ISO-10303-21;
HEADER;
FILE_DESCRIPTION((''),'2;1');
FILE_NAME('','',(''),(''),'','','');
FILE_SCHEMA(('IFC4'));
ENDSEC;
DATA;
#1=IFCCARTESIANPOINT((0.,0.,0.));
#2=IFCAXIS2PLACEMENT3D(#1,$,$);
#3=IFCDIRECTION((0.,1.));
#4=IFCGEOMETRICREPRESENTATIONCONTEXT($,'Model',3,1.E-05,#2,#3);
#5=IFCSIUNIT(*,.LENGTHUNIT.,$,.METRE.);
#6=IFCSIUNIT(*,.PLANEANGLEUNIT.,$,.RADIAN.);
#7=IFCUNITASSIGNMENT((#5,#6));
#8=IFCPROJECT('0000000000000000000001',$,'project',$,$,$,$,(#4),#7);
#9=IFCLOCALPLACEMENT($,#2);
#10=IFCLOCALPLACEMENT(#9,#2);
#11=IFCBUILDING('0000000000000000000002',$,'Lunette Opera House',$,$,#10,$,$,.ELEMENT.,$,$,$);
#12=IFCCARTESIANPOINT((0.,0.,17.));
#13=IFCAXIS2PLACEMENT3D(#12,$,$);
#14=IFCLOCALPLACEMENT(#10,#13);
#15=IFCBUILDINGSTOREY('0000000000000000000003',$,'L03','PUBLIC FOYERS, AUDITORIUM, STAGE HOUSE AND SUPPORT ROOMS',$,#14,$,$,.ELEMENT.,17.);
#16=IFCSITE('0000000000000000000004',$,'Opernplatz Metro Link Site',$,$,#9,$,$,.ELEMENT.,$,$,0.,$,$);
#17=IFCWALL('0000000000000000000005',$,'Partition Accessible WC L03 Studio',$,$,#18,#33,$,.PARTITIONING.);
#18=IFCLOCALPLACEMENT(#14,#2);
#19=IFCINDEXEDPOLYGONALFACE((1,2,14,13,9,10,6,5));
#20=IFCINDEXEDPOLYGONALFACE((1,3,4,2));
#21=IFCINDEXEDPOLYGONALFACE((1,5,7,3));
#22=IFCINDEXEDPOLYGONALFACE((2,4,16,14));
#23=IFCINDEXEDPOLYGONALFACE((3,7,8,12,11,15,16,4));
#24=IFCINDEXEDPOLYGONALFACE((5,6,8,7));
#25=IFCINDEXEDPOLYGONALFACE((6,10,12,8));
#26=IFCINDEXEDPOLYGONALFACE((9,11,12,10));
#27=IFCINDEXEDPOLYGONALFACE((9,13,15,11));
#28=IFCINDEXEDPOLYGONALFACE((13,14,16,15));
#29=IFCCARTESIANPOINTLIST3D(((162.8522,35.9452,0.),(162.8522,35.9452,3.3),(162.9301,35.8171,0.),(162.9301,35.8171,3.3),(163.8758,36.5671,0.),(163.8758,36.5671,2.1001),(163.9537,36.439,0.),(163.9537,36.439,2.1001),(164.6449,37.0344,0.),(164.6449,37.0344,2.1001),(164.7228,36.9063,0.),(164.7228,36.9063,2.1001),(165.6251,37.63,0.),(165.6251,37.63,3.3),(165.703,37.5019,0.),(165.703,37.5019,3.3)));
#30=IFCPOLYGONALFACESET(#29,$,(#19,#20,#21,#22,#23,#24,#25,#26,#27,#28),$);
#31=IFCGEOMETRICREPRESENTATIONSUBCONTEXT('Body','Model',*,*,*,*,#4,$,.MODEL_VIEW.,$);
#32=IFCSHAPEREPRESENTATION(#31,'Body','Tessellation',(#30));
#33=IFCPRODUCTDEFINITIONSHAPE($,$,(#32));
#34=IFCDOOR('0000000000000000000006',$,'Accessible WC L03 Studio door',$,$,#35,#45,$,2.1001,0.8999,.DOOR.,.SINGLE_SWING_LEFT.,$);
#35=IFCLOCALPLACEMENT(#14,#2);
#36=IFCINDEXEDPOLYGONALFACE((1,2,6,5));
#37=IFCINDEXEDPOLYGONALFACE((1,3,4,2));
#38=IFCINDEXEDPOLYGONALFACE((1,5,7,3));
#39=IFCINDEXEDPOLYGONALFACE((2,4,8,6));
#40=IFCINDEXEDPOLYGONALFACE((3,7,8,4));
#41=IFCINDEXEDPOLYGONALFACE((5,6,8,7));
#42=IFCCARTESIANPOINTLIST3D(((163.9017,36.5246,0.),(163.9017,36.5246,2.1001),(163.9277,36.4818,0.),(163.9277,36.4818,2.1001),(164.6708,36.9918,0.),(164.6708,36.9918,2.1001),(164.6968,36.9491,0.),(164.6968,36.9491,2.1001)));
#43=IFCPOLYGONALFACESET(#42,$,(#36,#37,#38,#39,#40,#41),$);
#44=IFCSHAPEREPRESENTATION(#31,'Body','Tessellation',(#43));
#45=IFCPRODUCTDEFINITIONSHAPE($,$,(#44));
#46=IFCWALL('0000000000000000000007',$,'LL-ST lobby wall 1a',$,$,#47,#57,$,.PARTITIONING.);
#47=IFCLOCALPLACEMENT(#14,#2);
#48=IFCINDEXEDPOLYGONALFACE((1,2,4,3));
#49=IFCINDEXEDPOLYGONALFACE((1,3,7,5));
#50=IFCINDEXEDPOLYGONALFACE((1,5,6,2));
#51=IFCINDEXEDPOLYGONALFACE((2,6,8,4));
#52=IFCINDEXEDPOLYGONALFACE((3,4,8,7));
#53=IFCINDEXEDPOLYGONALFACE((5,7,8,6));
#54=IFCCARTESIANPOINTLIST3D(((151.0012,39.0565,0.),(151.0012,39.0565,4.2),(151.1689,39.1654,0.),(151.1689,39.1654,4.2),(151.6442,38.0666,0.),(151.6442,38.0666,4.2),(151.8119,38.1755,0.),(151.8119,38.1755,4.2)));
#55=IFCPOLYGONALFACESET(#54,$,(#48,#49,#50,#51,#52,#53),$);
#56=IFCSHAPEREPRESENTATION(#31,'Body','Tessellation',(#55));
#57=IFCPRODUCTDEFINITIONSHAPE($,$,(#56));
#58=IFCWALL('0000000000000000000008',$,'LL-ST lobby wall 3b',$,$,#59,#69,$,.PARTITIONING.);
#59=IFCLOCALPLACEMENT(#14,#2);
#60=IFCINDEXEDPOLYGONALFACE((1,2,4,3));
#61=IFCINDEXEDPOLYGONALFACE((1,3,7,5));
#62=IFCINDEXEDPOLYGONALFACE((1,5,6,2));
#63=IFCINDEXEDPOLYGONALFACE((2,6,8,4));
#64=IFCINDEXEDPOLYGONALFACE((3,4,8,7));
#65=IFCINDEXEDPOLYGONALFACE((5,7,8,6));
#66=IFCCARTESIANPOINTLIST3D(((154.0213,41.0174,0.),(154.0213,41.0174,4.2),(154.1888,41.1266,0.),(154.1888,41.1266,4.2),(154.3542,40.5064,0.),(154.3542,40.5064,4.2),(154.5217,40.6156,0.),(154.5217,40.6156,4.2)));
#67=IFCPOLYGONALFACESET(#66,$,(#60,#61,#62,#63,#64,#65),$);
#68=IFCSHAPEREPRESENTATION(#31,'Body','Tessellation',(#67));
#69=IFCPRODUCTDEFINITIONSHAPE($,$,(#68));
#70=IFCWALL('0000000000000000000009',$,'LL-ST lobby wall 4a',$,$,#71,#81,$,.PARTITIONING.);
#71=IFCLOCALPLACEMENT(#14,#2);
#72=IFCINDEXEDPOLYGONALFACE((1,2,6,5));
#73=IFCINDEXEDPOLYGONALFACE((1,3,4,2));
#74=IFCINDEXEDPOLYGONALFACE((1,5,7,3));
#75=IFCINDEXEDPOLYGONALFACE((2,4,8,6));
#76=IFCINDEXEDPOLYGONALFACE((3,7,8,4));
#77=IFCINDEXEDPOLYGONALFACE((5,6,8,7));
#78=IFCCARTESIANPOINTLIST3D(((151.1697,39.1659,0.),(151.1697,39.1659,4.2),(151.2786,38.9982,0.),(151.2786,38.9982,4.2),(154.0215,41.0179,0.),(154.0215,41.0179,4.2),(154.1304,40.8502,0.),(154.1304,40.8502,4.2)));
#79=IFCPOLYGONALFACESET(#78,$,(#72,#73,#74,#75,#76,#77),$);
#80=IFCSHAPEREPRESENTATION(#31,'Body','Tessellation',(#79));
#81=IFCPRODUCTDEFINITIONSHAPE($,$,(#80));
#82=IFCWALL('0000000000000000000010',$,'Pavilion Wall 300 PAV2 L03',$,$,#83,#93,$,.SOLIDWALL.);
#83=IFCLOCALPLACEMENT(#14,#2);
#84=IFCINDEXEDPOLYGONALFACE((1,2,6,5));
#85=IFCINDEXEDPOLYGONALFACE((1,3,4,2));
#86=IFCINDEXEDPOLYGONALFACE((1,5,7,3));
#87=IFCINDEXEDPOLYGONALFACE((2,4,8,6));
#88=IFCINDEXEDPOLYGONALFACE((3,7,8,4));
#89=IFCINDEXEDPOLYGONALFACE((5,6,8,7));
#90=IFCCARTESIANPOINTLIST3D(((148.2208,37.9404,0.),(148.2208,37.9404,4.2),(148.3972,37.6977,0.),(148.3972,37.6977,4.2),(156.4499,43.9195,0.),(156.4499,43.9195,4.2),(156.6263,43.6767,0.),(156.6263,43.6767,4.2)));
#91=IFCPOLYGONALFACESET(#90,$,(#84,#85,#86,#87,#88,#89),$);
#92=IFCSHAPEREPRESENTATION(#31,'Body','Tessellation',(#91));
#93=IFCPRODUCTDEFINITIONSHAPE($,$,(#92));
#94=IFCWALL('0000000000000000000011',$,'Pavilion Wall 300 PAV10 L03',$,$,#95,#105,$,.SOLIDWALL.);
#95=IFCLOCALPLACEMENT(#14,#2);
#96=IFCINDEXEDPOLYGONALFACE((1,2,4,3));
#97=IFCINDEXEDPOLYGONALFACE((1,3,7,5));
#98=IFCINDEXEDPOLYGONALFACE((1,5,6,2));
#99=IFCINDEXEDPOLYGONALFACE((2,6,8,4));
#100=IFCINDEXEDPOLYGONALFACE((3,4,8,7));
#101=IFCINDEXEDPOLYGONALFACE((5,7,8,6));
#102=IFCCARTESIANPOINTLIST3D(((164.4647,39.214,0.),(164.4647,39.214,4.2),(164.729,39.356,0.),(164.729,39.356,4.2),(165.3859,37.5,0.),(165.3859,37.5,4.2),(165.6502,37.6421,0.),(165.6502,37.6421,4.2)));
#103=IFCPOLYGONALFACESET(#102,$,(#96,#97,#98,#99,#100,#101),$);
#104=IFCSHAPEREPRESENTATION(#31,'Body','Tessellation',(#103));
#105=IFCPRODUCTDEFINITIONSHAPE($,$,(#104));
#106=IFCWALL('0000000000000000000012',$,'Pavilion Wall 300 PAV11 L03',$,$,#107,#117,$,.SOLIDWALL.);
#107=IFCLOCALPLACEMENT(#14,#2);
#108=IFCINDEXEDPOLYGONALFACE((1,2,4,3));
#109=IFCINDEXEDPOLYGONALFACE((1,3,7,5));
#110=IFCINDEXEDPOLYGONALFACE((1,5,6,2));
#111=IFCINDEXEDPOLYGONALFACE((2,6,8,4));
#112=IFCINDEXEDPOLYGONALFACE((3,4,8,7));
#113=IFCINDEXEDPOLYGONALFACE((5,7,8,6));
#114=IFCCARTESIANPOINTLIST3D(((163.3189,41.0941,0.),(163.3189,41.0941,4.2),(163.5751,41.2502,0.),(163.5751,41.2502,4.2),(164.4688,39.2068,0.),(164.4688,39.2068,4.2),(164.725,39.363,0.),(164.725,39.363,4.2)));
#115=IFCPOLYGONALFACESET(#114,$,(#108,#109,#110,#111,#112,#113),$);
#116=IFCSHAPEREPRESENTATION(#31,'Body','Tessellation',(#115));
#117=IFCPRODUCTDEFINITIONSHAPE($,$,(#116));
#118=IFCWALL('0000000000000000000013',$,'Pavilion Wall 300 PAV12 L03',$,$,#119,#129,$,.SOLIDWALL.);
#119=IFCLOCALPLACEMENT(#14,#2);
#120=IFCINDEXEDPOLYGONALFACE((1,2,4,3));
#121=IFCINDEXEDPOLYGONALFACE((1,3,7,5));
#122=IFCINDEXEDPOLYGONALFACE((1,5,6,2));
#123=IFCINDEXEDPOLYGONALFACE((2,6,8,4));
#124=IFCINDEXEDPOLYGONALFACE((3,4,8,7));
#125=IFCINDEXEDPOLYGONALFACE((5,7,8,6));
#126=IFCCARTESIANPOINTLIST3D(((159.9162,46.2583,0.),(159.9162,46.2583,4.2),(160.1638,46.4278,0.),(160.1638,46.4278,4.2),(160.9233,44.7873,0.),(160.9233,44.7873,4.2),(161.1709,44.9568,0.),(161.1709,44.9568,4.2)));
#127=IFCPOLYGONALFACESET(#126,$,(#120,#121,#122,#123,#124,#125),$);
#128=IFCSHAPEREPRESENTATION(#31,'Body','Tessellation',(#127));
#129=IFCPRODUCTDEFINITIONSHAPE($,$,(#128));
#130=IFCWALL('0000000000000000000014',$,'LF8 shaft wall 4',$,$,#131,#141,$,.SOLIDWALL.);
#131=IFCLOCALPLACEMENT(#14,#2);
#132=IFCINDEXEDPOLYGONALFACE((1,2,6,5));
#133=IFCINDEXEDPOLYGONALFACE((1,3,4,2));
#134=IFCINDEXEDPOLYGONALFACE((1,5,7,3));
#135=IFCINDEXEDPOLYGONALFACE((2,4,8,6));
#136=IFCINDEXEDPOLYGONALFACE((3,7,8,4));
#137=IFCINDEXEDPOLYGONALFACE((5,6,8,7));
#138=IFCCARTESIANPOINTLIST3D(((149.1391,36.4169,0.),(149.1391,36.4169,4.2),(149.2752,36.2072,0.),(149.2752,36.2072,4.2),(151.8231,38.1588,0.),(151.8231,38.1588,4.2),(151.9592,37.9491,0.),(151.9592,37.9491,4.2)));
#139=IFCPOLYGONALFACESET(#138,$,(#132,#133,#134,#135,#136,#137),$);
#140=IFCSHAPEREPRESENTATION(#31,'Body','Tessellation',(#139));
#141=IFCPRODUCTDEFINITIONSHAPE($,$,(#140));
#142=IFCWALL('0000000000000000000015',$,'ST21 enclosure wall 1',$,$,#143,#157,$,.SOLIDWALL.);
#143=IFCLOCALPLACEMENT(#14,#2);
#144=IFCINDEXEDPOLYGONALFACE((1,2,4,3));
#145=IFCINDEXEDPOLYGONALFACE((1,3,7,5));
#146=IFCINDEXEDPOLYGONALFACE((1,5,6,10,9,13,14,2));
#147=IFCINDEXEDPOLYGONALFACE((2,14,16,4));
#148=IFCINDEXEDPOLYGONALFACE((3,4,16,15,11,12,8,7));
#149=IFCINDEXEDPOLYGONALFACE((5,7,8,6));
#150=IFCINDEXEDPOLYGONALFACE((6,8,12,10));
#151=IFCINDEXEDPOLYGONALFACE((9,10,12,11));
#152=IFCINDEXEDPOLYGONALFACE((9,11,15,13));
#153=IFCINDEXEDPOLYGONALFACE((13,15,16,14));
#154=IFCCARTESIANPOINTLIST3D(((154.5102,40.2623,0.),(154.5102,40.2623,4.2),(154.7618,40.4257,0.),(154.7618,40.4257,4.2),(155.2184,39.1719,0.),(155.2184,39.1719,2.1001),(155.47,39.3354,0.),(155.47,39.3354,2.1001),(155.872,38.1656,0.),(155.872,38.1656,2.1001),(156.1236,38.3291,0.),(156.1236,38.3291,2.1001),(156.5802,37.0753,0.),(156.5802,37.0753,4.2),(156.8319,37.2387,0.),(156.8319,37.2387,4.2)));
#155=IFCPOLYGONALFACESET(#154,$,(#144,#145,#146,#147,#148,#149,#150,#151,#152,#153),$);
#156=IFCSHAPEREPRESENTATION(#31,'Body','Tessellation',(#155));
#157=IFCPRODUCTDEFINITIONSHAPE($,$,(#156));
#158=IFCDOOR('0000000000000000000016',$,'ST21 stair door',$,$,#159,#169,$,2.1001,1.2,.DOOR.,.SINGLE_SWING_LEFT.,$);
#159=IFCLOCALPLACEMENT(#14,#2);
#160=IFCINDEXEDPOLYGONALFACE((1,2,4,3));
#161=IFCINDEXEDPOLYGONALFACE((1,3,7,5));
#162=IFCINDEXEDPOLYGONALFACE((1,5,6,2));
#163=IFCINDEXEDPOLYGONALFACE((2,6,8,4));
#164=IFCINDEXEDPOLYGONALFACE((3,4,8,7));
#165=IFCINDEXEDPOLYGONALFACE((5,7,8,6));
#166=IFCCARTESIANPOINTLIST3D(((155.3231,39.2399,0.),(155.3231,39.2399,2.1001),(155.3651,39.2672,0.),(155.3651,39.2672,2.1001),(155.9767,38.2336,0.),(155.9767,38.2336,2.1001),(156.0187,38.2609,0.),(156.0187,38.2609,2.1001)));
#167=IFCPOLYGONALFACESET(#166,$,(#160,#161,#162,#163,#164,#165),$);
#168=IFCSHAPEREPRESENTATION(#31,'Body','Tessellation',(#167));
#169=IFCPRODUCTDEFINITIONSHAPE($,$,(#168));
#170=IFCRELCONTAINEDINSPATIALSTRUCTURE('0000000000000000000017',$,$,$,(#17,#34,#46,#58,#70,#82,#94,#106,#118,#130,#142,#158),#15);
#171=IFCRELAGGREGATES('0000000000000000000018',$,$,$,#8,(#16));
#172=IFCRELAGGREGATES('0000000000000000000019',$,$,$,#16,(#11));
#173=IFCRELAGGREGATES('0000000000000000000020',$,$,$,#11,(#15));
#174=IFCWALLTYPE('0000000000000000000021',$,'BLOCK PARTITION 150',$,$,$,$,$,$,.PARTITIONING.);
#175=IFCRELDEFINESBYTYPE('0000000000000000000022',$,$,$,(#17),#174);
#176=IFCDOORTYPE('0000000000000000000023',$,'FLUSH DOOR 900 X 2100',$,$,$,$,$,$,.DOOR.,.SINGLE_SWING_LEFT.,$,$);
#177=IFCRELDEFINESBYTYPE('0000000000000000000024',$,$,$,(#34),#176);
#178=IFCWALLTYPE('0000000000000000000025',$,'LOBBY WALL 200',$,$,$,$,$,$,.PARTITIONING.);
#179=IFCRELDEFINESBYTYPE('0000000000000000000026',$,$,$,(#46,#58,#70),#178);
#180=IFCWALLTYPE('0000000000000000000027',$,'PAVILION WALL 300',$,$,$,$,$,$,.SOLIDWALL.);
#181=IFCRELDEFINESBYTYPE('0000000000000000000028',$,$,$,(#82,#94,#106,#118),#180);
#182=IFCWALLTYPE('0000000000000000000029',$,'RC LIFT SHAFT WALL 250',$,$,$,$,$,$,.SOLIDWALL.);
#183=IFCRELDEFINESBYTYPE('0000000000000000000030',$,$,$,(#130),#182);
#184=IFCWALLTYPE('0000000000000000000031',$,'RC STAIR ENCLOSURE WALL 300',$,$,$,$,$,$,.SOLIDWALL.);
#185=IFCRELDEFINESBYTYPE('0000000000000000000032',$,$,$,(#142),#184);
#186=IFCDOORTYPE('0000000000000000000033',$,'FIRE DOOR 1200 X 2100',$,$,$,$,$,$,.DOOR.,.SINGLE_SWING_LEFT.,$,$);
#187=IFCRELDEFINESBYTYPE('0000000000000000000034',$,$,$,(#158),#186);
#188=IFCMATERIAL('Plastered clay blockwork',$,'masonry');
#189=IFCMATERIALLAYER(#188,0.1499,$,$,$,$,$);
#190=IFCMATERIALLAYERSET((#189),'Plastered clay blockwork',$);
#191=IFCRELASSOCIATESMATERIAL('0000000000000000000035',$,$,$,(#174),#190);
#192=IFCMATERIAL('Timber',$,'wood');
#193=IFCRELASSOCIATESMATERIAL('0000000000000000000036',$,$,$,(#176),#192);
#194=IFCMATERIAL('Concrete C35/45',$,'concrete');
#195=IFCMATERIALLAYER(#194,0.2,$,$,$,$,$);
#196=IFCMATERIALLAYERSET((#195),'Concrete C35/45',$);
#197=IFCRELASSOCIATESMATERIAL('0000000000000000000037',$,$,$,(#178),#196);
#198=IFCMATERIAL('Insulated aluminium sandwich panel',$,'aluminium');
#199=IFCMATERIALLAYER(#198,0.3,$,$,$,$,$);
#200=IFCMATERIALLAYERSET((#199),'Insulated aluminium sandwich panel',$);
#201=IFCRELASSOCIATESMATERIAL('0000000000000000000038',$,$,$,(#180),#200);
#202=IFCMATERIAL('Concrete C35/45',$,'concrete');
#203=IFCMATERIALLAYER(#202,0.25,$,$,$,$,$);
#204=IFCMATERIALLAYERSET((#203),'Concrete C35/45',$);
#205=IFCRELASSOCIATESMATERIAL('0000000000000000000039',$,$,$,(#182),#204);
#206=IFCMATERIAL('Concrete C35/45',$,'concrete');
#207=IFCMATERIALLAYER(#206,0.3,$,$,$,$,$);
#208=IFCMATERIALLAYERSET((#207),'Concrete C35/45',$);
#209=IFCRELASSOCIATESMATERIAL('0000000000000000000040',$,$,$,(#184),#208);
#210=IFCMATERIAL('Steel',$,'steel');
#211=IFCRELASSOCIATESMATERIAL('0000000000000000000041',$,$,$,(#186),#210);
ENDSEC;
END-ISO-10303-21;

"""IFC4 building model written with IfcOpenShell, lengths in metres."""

from ifc_helpers import new_model, si_unit, direction, frame, frame_2d, origin, place, context, subcontext, project, spatial, rectangle, extrude, material, layer, layer_set, type_object, element, fill, save


model = new_model("IFC4")

# Units and contexts
model_context = context("Model", 3, precision=1e-05, world=origin(), true_north=direction((0.0, 1.0)))
body_context = subcontext(model_context, "Body", "Model", "MODEL_VIEW")
ifc_project = project(units=[si_unit("LENGTHUNIT", "METRE"), si_unit("PLANEANGLEUNIT", "RADIAN")], contexts=[model_context])

# Site, building, storey
site_placement = place(None, origin())
site = spatial("IfcSite", under=ifc_project, at=site_placement, Name="Opernplatz Metro Link Site", CompositionType="ELEMENT", RefElevation=0.0)
building_placement = place(site_placement, origin())
building = spatial("IfcBuilding", under=site, at=building_placement, Name="Lunette Opera House", CompositionType="ELEMENT")
storey_placement = place(building_placement, frame((0.0, 0.0, 17.0)))
storey = spatial("IfcBuildingStorey", under=building, at=storey_placement, Name="L03", Description="PUBLIC FOYERS, AUDITORIUM, STAGE HOUSE AND SUPPORT ROOMS", CompositionType="ELEMENT", Elevation=17.0)

# Wall, opening, door
ifc_material_1 = material(Name="Plastered clay blockwork", Category="masonry")
ifc_layer_1 = layer(ifc_material_1, 0.1499)
ifc_layer_set_1 = layer_set([ifc_layer_1], Name="Plastered clay blockwork")
wall_type_1 = type_object("IfcWallType", Name="BLOCK PARTITION 150", PredefinedType="PARTITIONING", material=ifc_layer_set_1)
wall_1_placement = place(storey_placement, frame((165.6641, 37.5659, 0.0), z_axis=(0.0, 0.0, 1.0), x_axis=(-0.854618, -0.519257, 0.0)))
wall_1 = element("IfcWall", 1, at=wall_1_placement, inside=storey, type_object=wall_type_1, Name="Partition Accessible WC L03 Studio", PredefinedType="PARTITIONING", context=body_context, shape_type="SweptSolid", body=[
    extrude(rectangle(XDim=3.2446, YDim=0.1499, at=frame_2d((1.6223, 0.0))), origin(), (0.0, 0.0, 1.0), 3.3),
])
opening_1_placement = place(wall_1_placement, frame((1.147, 0.0, 0.0)))
opening_1 = element("IfcOpeningElement", 2, at=opening_1_placement, cuts=wall_1, PredefinedType="OPENING", context=body_context, shape_type="SweptSolid", body=[
    extrude(rectangle(XDim=0.8999, YDim=2.1001, at=frame_2d((0.45, 1.05))), frame((0.0, 0.0869, 0.0), z_axis=(0.0, -1.0, 0.0), x_axis=(1.0, 0.0, 0.0)), (0.0, 0.0, 1.0), 0.1738),
])
ifc_material_2 = material(Name="Timber", Category="wood")
door_type_1 = type_object("IfcDoorType", Name="FLUSH DOOR 900 X 2100", OperationType="SINGLE_SWING_LEFT", PredefinedType="DOOR", material=ifc_material_2)
door_1_placement = place(opening_1_placement, origin())
door_1 = element("IfcDoor", 3, at=door_1_placement, inside=storey, type_object=door_type_1, Name="Accessible WC L03 Studio door", OperationType="SINGLE_SWING_LEFT", OverallHeight=2.1001, OverallWidth=0.8999, PredefinedType="DOOR", context=body_context, shape_type="SweptSolid", body=[
    extrude(rectangle(XDim=0.8999, YDim=2.1001, at=frame_2d((0.45, 1.05))), frame((0.0, 0.0249, 0.0), z_axis=(0.0, -1.0, 0.0), x_axis=(1.0, 0.0, 0.0)), (0.0, 0.0, 1.0), 0.05),
])
fill(opening_1, door_1)

# Walls
ifc_material_3 = material(Name="Concrete C35/45", Category="concrete")
ifc_layer_2 = layer(ifc_material_3, 0.2)
ifc_layer_set_2 = layer_set([ifc_layer_2], Name="Concrete C35/45")
wall_type_2 = type_object("IfcWallType", Name="LOBBY WALL 200", PredefinedType="PARTITIONING", material=ifc_layer_set_2)
wall_2_placement = place(storey_placement, frame((151.085, 39.1111, 0.0), z_axis=(0.0, 0.0, 1.0), x_axis=(0.544734, -0.838609, 0.0)))
element("IfcWall", 4, at=wall_2_placement, inside=storey, type_object=wall_type_2, Name="LL-ST lobby wall 1a", PredefinedType="PARTITIONING", context=body_context, shape_type="SweptSolid", body=[
    extrude(rectangle(XDim=1.1804, YDim=0.2, at=frame_2d((0.5903, 0.0))), origin(), (0.0, 0.0, 1.0), 4.2),
])
wall_3_placement = place(storey_placement, frame((154.438, 40.561, 0.0), z_axis=(0.0, 0.0, 1.0), x_axis=(-0.545987, 0.837794, 0.0)))
element("IfcWall", 5, at=wall_3_placement, inside=storey, type_object=wall_type_2, Name="LL-ST lobby wall 3b", PredefinedType="PARTITIONING", context=body_context, shape_type="SweptSolid", body=[
    extrude(rectangle(XDim=0.6099, YDim=0.2, at=frame_2d((0.3049, 0.0))), origin(), (0.0, 0.0, 1.0), 4.2),
])
wall_4_placement = place(storey_placement, frame((154.0759, 40.9341, 0.0), z_axis=(0.0, 0.0, 1.0), x_axis=(-0.838662, -0.544653, 0.0)))
element("IfcWall", 6, at=wall_4_placement, inside=storey, type_object=wall_type_2, Name="LL-ST lobby wall 4a", PredefinedType="PARTITIONING", context=body_context, shape_type="SweptSolid", body=[
    extrude(rectangle(XDim=3.4004, YDim=0.2, at=frame_2d((1.7002, 0.0))), origin(), (0.0, 0.0, 1.0), 4.2),
])
ifc_material_4 = material(Name="Insulated aluminium sandwich panel", Category="aluminium")
ifc_layer_3 = layer(ifc_material_4, 0.3)
ifc_layer_set_3 = layer_set([ifc_layer_3], Name="Insulated aluminium sandwich panel")
wall_type_3 = type_object("IfcWallType", Name="PAVILION WALL 300", PredefinedType="SOLIDWALL", material=ifc_layer_set_3)
wall_5_placement = place(storey_placement, frame((156.5381, 43.7981, 0.0), z_axis=(0.0, 0.0, 1.0), x_axis=(-0.809004, -0.587803, 0.0)))
element("IfcWall", 7, at=wall_5_placement, inside=storey, type_object=wall_type_3, Name="Pavilion Wall 300 PAV2 L03", PredefinedType="SOLIDWALL", context=body_context, shape_type="SweptSolid", body=[
    extrude(rectangle(XDim=10.1719, YDim=0.3, at=frame_2d((5.0859, 0.0))), origin(), (0.0, 0.0, 1.0), 4.2),
])
wall_6_placement = place(storey_placement, frame((165.5181, 37.571, 0.0), z_axis=(0.0, 0.0, 1.0), x_axis=(-0.473419, 0.880837, 0.0)))
element("IfcWall", 8, at=wall_6_placement, inside=storey, type_object=wall_type_3, Name="Pavilion Wall 300 PAV10 L03", PredefinedType="SOLIDWALL", context=body_context, shape_type="SweptSolid", body=[
    extrude(rectangle(XDim=1.9458, YDim=0.3, at=frame_2d((0.9729, 0.0))), origin(), (0.0, 0.0, 1.0), 4.2),
])
wall_7_placement = place(storey_placement, frame((164.5969, 39.2849, 0.0), z_axis=(0.0, 0.0, 1.0), x_axis=(-0.520332, 0.853964, 0.0)))
element("IfcWall", 9, at=wall_7_placement, inside=storey, type_object=wall_type_3, Name="Pavilion Wall 300 PAV11 L03", PredefinedType="SOLIDWALL", context=body_context, shape_type="SweptSolid", body=[
    extrude(rectangle(XDim=2.21, YDim=0.3, at=frame_2d((1.105, 0.0))), origin(), (0.0, 0.0, 1.0), 4.2),
])
wall_8_placement = place(storey_placement, frame((161.0471, 44.8721, 0.0), z_axis=(0.0, 0.0, 1.0), x_axis=(-0.564929, 0.825139, 0.0)))
element("IfcWall", 10, at=wall_8_placement, inside=storey, type_object=wall_type_3, Name="Pavilion Wall 300 PAV12 L03", PredefinedType="SOLIDWALL", context=body_context, shape_type="SweptSolid", body=[
    extrude(rectangle(XDim=1.7827, YDim=0.3, at=frame_2d((0.8914, 0.0))), origin(), (0.0, 0.0, 1.0), 4.2),
])
ifc_material_5 = material(Name="Concrete C35/45", Category="concrete")
ifc_layer_4 = layer(ifc_material_5, 0.25)
ifc_layer_set_4 = layer_set([ifc_layer_4], Name="Concrete C35/45")
wall_type_4 = type_object("IfcWallType", Name="RC LIFT SHAFT WALL 250", PredefinedType="SOLIDWALL", material=ifc_layer_set_4)
wall_9_placement = place(storey_placement, frame((151.8911, 38.054, 0.0), z_axis=(0.0, 0.0, 1.0), x_axis=(-0.83883, -0.544393, 0.0)))
element("IfcWall", 11, at=wall_9_placement, inside=storey, type_object=wall_type_4, Name="LF8 shaft wall 4", PredefinedType="SOLIDWALL", context=body_context, shape_type="SweptSolid", body=[
    extrude(rectangle(XDim=3.1997, YDim=0.25, at=frame_2d((1.5999, 0.0))), origin(), (0.0, 0.0, 1.0), 4.2),
])

# Wall, opening, door
ifc_material_6 = material(Name="Concrete C35/45", Category="concrete")
ifc_layer_5 = layer(ifc_material_6, 0.3)
ifc_layer_set_5 = layer_set([ifc_layer_5], Name="Concrete C35/45")
wall_type_5 = type_object("IfcWallType", Name="RC STAIR ENCLOSURE WALL 300", PredefinedType="SOLIDWALL", material=ifc_layer_set_5)
wall_10_placement = place(storey_placement, frame((154.636, 40.344, 0.0), z_axis=(0.0, 0.0, 1.0), x_axis=(0.544713, -0.838623, 0.0)))
wall_10 = element("IfcWall", 12, at=wall_10_placement, inside=storey, type_object=wall_type_5, Name="ST21 enclosure wall 1", PredefinedType="SOLIDWALL", context=body_context, shape_type="SweptSolid", body=[
    extrude(rectangle(XDim=3.8003, YDim=0.3, at=frame_2d((1.9001, 0.0))), origin(), (0.0, 0.0, 1.0), 4.2),
])
opening_2_placement = place(wall_10_placement, frame((1.3, 0.0, 0.0)))
opening_2 = element("IfcOpeningElement", 13, at=opening_2_placement, cuts=wall_10, PredefinedType="OPENING", context=body_context, shape_type="SweptSolid", body=[
    extrude(rectangle(XDim=1.2, YDim=2.1001, at=frame_2d((0.6001, 1.05))), frame((0.0, 0.1621, 0.0), z_axis=(0.0, -1.0, 0.0), x_axis=(1.0, 0.0, 0.0)), (0.0, 0.0, 1.0), 0.324),
])
ifc_material_7 = material(Name="Steel", Category="steel")
door_type_2 = type_object("IfcDoorType", Name="FIRE DOOR 1200 X 2100", OperationType="SINGLE_SWING_LEFT", PredefinedType="DOOR", material=ifc_material_7)
door_2_placement = place(opening_2_placement, origin())
door_2 = element("IfcDoor", 14, at=door_2_placement, inside=storey, type_object=door_type_2, Name="ST21 stair door", OperationType="SINGLE_SWING_LEFT", OverallHeight=2.1001, OverallWidth=1.2, PredefinedType="DOOR", context=body_context, shape_type="SweptSolid", body=[
    extrude(rectangle(XDim=1.2, YDim=2.1001, at=frame_2d((0.6001, 1.05))), frame((0.0, 0.0249, 0.0), z_axis=(0.0, -1.0, 0.0), x_axis=(1.0, 0.0, 0.0)), (0.0, 0.0, 1.0), 0.05),
])
fill(opening_2, door_2)

save(model, "model.ifc")
